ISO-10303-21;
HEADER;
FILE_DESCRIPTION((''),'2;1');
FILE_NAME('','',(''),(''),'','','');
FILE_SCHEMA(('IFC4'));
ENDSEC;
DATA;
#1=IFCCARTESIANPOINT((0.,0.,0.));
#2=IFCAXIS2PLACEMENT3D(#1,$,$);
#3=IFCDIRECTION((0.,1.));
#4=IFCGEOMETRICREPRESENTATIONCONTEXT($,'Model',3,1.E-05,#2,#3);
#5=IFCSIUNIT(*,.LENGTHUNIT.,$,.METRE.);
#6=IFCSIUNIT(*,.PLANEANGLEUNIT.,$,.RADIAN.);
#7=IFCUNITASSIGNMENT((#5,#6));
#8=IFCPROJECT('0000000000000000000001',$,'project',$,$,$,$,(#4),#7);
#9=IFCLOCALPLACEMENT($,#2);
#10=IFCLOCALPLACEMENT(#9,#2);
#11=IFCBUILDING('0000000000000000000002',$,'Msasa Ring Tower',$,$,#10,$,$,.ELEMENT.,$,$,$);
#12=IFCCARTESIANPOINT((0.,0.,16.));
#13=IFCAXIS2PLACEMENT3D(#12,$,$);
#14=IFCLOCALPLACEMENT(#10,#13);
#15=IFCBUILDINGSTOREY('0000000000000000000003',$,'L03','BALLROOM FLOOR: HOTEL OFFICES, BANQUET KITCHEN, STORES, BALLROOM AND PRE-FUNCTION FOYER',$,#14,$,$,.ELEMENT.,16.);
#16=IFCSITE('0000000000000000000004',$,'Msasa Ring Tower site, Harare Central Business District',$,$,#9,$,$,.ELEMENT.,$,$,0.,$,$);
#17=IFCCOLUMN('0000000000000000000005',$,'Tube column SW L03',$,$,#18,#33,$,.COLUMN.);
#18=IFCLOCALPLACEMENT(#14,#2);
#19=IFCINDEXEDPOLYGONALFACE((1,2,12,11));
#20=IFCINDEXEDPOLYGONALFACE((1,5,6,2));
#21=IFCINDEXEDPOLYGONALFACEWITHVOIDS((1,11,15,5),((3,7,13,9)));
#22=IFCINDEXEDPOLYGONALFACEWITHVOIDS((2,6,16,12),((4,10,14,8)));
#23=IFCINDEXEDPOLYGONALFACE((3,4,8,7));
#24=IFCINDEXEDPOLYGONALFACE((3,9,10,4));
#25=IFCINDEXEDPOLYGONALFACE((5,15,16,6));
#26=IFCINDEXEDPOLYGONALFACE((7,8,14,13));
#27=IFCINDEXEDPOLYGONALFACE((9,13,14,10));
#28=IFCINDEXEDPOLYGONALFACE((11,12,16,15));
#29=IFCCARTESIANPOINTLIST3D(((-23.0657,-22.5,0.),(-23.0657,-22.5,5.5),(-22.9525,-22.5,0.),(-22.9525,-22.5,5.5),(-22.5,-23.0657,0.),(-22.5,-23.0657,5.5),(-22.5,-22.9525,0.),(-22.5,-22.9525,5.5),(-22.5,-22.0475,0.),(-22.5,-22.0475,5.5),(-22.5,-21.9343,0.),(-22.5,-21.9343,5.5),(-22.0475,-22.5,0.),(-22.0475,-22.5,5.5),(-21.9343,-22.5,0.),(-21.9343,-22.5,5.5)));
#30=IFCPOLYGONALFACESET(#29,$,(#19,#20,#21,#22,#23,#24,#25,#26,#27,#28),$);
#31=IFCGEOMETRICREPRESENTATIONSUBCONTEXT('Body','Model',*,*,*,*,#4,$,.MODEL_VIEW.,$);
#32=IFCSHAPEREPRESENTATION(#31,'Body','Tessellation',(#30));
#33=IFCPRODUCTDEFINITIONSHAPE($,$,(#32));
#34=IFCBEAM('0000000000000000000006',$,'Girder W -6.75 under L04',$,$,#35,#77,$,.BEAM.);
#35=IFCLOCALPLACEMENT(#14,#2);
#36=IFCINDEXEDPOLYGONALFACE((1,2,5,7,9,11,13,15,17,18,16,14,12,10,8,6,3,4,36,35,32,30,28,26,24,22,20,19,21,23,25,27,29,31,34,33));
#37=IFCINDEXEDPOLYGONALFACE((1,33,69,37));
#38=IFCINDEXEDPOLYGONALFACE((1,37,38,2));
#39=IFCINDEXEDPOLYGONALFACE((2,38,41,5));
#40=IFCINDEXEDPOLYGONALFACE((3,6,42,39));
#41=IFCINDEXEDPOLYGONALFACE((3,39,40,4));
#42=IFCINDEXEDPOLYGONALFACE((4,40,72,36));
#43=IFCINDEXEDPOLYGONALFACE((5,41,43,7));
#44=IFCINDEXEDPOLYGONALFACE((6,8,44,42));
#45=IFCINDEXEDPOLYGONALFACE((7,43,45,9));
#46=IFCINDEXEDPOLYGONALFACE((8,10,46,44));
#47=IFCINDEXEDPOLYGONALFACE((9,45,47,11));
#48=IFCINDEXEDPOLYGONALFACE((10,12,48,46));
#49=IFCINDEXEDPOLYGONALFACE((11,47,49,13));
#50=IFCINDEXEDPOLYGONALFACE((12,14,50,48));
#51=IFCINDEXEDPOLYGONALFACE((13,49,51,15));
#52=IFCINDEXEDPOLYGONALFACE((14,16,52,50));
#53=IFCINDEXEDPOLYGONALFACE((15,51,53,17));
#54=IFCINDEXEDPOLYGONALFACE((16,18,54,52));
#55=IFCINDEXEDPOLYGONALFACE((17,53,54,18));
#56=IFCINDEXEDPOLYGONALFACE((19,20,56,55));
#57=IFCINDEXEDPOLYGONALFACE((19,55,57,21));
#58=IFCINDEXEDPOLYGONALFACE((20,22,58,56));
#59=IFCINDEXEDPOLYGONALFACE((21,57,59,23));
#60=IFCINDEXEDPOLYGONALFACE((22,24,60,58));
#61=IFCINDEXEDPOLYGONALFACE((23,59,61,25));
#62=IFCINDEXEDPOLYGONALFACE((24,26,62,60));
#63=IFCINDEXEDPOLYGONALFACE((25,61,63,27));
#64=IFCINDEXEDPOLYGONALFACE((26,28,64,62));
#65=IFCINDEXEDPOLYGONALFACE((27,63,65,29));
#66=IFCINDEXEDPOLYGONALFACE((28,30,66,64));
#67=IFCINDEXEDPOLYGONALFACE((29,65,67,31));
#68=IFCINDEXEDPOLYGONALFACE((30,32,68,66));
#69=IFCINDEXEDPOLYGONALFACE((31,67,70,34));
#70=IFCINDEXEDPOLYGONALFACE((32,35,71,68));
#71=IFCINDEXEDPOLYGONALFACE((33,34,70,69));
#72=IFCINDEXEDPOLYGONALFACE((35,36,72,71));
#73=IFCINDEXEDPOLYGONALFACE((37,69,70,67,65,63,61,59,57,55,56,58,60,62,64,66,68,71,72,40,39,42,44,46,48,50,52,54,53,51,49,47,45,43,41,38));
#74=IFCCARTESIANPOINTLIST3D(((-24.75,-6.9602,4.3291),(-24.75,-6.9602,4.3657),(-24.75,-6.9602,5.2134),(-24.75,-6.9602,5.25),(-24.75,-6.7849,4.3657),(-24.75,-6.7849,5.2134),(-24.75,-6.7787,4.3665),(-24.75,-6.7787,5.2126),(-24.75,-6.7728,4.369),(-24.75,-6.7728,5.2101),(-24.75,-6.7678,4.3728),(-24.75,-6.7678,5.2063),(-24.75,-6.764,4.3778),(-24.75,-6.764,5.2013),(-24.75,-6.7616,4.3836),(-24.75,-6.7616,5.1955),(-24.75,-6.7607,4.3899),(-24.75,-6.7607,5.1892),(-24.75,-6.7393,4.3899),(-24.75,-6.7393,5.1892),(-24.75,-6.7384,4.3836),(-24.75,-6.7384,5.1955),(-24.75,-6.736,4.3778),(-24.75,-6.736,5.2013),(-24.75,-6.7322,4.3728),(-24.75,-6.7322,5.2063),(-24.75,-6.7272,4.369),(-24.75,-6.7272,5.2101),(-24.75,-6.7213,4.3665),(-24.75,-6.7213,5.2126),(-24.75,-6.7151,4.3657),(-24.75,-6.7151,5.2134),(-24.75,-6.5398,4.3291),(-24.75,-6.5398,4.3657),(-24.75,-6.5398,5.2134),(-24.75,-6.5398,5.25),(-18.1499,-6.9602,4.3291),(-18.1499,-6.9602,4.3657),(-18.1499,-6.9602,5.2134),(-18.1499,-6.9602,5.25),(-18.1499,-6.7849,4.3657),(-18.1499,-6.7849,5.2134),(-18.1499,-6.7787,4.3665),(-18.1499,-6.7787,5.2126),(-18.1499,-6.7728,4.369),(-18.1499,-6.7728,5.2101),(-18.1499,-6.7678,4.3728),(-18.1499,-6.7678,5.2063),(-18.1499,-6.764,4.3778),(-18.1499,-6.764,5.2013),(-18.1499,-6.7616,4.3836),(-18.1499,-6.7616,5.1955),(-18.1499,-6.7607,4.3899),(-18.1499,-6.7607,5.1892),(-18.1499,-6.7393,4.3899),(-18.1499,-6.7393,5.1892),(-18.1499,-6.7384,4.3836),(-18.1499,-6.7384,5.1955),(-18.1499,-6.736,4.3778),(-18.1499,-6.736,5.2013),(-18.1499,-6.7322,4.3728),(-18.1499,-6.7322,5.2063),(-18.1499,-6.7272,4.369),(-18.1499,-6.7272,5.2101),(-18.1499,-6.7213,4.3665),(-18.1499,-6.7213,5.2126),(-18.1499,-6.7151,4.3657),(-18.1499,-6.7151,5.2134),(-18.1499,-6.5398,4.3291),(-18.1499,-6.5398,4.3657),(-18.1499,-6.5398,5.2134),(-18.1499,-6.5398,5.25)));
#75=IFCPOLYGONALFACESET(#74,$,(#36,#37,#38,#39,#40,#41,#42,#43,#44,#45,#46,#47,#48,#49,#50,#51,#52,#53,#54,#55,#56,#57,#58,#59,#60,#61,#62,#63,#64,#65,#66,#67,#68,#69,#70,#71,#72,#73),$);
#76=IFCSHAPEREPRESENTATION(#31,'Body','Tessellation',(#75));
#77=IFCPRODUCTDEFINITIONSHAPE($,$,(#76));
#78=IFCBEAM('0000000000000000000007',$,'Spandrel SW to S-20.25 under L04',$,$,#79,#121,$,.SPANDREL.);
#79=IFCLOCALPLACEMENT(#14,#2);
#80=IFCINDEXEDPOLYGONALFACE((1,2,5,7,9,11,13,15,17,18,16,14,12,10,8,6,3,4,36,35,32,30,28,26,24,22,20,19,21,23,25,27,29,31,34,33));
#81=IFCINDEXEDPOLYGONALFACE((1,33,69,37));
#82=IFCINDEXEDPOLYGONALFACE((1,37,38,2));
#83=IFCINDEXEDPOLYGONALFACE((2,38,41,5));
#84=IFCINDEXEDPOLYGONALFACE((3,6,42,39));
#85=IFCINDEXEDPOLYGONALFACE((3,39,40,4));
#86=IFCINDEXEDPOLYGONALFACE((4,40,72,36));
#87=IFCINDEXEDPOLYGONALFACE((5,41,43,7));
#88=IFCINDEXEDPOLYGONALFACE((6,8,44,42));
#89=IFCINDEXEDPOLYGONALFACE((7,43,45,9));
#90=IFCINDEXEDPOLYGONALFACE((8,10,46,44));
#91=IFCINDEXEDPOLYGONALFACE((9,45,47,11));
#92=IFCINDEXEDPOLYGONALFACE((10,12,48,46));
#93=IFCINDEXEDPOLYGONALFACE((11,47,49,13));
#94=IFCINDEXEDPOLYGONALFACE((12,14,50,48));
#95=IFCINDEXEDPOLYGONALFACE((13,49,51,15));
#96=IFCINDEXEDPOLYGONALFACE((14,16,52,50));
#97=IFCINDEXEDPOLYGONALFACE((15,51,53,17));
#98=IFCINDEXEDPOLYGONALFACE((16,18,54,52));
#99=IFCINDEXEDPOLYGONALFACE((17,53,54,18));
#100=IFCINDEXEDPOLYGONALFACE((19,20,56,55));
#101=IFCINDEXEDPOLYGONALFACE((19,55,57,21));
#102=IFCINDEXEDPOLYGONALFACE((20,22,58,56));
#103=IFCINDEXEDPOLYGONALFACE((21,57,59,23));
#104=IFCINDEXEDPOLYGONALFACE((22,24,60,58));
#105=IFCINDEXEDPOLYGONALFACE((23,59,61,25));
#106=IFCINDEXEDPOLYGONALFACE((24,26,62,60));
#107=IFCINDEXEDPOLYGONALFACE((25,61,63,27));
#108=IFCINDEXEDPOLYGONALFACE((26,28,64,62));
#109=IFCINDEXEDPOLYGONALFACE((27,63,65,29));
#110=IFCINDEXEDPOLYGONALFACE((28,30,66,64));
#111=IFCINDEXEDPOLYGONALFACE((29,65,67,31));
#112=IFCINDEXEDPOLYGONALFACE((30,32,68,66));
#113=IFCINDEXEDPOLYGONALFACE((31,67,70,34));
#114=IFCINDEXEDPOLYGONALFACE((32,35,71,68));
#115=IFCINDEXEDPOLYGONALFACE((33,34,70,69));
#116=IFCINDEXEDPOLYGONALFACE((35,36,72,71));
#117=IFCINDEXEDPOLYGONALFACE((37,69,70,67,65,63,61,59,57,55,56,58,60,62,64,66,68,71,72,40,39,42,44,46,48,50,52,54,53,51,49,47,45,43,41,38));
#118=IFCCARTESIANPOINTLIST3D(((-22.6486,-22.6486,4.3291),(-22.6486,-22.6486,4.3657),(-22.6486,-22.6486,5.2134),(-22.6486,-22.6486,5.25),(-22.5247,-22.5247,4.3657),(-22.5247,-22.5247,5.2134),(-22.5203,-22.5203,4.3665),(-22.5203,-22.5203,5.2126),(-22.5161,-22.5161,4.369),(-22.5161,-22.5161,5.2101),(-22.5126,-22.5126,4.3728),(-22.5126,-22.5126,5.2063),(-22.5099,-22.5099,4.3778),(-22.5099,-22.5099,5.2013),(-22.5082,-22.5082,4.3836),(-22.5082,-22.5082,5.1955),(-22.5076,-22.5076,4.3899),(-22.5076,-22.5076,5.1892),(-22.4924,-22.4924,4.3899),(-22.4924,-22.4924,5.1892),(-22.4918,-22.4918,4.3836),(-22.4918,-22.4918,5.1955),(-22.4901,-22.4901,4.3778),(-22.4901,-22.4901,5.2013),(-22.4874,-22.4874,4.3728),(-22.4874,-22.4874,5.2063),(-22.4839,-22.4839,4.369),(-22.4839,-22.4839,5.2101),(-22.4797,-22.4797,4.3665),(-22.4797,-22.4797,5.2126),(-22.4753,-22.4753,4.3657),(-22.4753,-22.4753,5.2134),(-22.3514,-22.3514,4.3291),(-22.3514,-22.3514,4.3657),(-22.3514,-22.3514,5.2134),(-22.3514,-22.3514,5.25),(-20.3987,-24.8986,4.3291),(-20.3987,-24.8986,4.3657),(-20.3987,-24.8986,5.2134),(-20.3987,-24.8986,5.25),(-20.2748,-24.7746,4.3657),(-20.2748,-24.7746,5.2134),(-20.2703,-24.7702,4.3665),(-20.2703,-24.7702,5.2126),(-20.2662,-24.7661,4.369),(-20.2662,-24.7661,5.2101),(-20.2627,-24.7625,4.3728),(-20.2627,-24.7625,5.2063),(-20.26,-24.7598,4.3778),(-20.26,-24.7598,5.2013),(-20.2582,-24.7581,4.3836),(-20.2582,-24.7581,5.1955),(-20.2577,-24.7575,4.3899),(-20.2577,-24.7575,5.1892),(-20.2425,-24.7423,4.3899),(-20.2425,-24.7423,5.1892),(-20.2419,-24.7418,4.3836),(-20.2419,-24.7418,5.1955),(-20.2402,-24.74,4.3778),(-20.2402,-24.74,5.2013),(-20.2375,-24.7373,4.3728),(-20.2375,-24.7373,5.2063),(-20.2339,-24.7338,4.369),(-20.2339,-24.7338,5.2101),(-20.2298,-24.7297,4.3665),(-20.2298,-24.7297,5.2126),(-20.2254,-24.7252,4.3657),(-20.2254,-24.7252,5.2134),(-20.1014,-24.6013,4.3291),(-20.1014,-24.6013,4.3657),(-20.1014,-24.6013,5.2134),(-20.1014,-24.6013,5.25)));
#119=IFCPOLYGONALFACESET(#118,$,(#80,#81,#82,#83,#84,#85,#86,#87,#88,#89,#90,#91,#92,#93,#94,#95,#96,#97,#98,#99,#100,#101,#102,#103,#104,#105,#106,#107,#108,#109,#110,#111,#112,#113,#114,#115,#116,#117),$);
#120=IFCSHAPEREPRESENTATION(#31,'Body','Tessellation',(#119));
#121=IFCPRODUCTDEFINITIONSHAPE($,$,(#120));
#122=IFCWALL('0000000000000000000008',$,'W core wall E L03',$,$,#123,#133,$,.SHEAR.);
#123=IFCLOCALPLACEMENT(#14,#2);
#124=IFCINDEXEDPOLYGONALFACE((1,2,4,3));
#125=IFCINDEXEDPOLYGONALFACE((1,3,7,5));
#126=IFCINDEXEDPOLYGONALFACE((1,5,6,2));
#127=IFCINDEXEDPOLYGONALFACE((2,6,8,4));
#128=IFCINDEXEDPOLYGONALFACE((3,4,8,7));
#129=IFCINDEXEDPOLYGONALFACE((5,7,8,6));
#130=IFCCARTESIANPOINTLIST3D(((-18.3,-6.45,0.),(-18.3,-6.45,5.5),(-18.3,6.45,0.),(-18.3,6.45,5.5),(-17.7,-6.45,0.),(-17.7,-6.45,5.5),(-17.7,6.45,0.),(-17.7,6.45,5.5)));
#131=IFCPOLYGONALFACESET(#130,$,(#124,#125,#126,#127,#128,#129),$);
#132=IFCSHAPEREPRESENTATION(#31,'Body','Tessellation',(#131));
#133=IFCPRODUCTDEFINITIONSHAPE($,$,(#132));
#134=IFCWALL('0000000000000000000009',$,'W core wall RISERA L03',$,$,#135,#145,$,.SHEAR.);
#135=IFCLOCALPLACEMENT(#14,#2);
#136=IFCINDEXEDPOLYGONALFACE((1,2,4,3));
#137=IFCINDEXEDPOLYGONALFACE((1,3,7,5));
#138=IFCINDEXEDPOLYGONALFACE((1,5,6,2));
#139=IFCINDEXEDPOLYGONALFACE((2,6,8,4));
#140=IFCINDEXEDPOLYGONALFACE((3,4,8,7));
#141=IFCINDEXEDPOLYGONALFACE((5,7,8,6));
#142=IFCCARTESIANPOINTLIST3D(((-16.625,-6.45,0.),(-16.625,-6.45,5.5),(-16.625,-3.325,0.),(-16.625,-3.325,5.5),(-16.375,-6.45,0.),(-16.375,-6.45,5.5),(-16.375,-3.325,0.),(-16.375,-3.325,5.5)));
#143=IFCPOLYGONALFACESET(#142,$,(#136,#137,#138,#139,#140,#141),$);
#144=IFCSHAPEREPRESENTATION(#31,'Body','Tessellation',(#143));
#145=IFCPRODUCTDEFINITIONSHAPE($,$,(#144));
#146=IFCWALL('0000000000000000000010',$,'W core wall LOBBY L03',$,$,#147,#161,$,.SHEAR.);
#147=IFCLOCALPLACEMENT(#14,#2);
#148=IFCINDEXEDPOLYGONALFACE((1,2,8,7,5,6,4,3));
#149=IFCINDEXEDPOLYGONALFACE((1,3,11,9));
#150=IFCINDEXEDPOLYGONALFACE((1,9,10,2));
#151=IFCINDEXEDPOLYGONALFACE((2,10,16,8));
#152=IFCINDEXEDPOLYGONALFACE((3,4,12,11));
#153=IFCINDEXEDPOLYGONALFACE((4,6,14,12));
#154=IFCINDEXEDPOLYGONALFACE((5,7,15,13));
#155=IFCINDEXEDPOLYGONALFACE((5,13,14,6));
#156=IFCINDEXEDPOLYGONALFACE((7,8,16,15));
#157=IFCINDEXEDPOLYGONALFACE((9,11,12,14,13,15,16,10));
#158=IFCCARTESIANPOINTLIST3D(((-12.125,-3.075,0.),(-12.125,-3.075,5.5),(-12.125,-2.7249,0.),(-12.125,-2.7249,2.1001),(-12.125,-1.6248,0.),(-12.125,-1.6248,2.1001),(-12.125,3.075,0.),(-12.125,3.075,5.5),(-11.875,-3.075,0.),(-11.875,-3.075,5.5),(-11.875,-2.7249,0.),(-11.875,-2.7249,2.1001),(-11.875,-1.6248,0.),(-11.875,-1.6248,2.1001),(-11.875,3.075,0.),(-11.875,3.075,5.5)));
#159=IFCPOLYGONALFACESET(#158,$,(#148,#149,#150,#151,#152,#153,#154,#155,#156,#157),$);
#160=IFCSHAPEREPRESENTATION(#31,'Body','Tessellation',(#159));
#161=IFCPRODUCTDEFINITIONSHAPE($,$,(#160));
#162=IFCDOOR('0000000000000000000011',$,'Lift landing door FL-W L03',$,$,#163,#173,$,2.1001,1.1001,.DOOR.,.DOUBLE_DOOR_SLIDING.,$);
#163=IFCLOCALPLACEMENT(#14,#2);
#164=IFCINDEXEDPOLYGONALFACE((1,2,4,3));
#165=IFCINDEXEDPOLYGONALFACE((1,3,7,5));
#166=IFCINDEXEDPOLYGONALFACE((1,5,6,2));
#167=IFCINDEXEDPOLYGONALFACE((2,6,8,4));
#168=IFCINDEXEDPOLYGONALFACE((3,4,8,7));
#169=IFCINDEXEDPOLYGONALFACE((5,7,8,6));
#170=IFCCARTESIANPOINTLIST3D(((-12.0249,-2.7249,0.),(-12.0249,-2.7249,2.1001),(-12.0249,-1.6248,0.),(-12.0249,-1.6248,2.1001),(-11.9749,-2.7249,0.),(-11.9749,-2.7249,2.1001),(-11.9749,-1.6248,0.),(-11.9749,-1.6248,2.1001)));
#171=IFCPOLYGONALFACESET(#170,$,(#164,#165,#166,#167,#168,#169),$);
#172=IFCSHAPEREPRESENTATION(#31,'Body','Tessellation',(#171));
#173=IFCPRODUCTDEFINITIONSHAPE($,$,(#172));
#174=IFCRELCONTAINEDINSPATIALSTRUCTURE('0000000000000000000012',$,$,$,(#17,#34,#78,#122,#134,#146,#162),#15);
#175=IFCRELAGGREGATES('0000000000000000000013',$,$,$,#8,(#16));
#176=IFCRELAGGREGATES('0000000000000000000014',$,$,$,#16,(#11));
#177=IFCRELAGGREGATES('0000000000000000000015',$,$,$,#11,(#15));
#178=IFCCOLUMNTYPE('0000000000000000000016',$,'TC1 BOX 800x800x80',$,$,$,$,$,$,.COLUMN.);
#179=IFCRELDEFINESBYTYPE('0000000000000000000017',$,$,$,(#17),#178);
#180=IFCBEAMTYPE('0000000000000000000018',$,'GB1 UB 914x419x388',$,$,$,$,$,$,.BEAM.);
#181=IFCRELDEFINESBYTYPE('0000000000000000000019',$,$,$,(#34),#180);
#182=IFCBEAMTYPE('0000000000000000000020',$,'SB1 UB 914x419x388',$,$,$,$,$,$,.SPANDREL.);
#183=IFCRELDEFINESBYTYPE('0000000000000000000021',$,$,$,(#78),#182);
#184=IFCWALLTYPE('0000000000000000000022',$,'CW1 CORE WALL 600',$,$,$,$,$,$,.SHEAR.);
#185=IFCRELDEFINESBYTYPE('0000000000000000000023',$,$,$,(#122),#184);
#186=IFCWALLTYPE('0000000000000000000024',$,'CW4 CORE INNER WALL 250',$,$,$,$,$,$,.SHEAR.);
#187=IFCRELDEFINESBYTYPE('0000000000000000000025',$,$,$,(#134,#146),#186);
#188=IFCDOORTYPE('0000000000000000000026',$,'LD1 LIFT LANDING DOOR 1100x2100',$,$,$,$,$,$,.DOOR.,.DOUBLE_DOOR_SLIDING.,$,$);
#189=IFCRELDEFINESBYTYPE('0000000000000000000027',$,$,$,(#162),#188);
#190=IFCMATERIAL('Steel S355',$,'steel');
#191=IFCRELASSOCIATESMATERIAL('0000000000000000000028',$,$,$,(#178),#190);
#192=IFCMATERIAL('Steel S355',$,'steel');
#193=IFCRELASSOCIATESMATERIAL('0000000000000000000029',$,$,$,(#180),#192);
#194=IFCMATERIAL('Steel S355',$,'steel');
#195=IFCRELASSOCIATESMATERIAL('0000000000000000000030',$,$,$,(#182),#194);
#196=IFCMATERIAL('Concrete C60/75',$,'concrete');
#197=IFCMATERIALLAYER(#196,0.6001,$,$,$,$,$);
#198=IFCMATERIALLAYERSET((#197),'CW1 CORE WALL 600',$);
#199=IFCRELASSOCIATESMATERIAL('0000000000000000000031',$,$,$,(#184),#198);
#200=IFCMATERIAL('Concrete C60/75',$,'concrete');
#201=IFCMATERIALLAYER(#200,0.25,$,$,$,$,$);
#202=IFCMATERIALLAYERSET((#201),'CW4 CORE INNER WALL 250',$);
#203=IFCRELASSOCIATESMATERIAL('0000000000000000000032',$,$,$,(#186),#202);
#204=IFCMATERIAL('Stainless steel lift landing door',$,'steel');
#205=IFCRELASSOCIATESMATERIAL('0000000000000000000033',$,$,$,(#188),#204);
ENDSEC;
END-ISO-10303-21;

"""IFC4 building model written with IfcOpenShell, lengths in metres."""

from ifc_helpers import new_model, si_unit, direction, frame, frame_2d, origin, origin_2d, place, context, subcontext, project, spatial, rectangle, hollow_rectangle, i_section, extrude, material, layer, layer_set, material_profile, profile_set, type_object, element, fill, save


model = new_model("IFC4")

# Units and contexts
model_context = context("Model", 3, precision=1e-05, world=origin(), true_north=direction((0.0, 1.0)))
body_context = subcontext(model_context, "Body", "Model", "MODEL_VIEW")
ifc_project = project(units=[si_unit("LENGTHUNIT", "METRE"), si_unit("PLANEANGLEUNIT", "RADIAN")], contexts=[model_context])

# Site, building, storey
site_placement = place(None, origin())
site = spatial("IfcSite", under=ifc_project, at=site_placement, Name="Msasa Ring Tower site, Harare Central Business District", CompositionType="ELEMENT", RefElevation=0.0)
building_placement = place(site_placement, origin())
building = spatial("IfcBuilding", under=site, at=building_placement, Name="Msasa Ring Tower", CompositionType="ELEMENT")
storey_placement = place(building_placement, frame((0.0, 0.0, 16.0)))
storey = spatial("IfcBuildingStorey", under=building, at=storey_placement, Name="L03", Description="BALLROOM FLOOR: HOTEL OFFICES, BANQUET KITCHEN, STORES, BALLROOM AND PRE-FUNCTION FOYER", CompositionType="ELEMENT", Elevation=16.0)

# Column
ifc_material_1 = material(Name="Steel S355", Category="steel")
ifc_material_profile_1 = material_profile(ifc_material_1, hollow_rectangle(XDim=0.8, YDim=0.8, WallThickness=0.0801, at=origin_2d()), Name="BOX 800x800x80")
ifc_profile_set_1 = profile_set([ifc_material_profile_1], Name="Steel S355")
column_type = type_object("IfcColumnType", Name="TC1 BOX 800x800x80", PredefinedType="COLUMN", material=ifc_profile_set_1)
column_placement = place(storey_placement, frame((-22.5, -22.5, 0.0), z_axis=(0.0, 0.0, 1.0), x_axis=(0.707107, 0.707107, 0.0)))
element("IfcColumn", 1, at=column_placement, inside=storey, type_object=column_type, Name="Tube column SW L03", PredefinedType="COLUMN", context=body_context, shape_type="SweptSolid", body=[
    extrude(hollow_rectangle(XDim=0.8, YDim=0.8, WallThickness=0.0801, at=origin_2d()), origin(), (0.0, 0.0, 1.0), 5.5),
])

# Beams
ifc_material_2 = material(Name="Steel S355", Category="steel")
ifc_material_profile_2 = material_profile(ifc_material_2, i_section(OverallWidth=0.4204, OverallDepth=0.9209, WebThickness=0.0215, FlangeThickness=0.0366, FilletRadius=0.0242, at=origin_2d()), Name="UB 914x419x388")
ifc_profile_set_2 = profile_set([ifc_material_profile_2], Name="Steel S355")
beam_type_1 = type_object("IfcBeamType", Name="GB1 UB 914x419x388", PredefinedType="BEAM", material=ifc_profile_set_2)
beam_1_placement = place(storey_placement, frame((-18.1499, -6.75, 4.7896), z_axis=(-1.0, 0.0, 0.0), x_axis=(0.0, -1.0, 0.0)))
element("IfcBeam", 2, at=beam_1_placement, inside=storey, type_object=beam_type_1, Name="Girder W -6.75 under L04", PredefinedType="BEAM", context=body_context, shape_type="SweptSolid", body=[
    extrude(i_section(OverallWidth=0.4204, OverallDepth=0.9209, WebThickness=0.0215, FlangeThickness=0.0366, FilletRadius=0.0242, at=origin_2d()), origin(), (0.0, 0.0, 1.0), 6.6001),
])
ifc_material_3 = material(Name="Steel S355", Category="steel")
ifc_material_profile_3 = material_profile(ifc_material_3, i_section(OverallWidth=0.4204, OverallDepth=0.9209, WebThickness=0.0215, FlangeThickness=0.0366, FilletRadius=0.0242, at=origin_2d()), Name="UB 914x419x388")
ifc_profile_set_3 = profile_set([ifc_material_profile_3], Name="Steel S355")
beam_type_2 = type_object("IfcBeamType", Name="SB1 UB 914x419x388", PredefinedType="SPANDREL", material=ifc_profile_set_3)
beam_2_placement = place(storey_placement, frame((-22.5, -22.5, 4.7896), z_axis=(0.707107, -0.707107, 0.0), x_axis=(0.707107, 0.707107, 0.0)))
element("IfcBeam", 3, at=beam_2_placement, inside=storey, type_object=beam_type_2, Name="Spandrel SW to S-20.25 under L04", PredefinedType="SPANDREL", context=body_context, shape_type="SweptSolid", body=[
    extrude(i_section(OverallWidth=0.4204, OverallDepth=0.9209, WebThickness=0.0215, FlangeThickness=0.0366, FilletRadius=0.0242, at=origin_2d()), origin(), (0.0, 0.0, 1.0), 3.1819),
])

# Walls
ifc_material_4 = material(Name="Concrete C60/75", Category="concrete")
ifc_layer_1 = layer(ifc_material_4, 0.6001)
ifc_layer_set_1 = layer_set([ifc_layer_1], Name="CW1 CORE WALL 600")
wall_type_1 = type_object("IfcWallType", Name="CW1 CORE WALL 600", PredefinedType="SHEAR", material=ifc_layer_set_1)
wall_1_placement = place(storey_placement, frame((-18.0, -6.45, 0.0), z_axis=(0.0, 0.0, 1.0), x_axis=(0.0, 1.0, 0.0)))
element("IfcWall", 4, at=wall_1_placement, inside=storey, type_object=wall_type_1, Name="W core wall E L03", PredefinedType="SHEAR", context=body_context, shape_type="SweptSolid", body=[
    extrude(rectangle(XDim=12.8999, YDim=0.6001, at=frame_2d((6.45, 0.0))), origin(), (0.0, 0.0, 1.0), 5.5),
])
ifc_material_5 = material(Name="Concrete C60/75", Category="concrete")
ifc_layer_2 = layer(ifc_material_5, 0.25)
ifc_layer_set_2 = layer_set([ifc_layer_2], Name="CW4 CORE INNER WALL 250")
wall_type_2 = type_object("IfcWallType", Name="CW4 CORE INNER WALL 250", PredefinedType="SHEAR", material=ifc_layer_set_2)
wall_2_placement = place(storey_placement, frame((-16.5, -6.45, 0.0), z_axis=(0.0, 0.0, 1.0), x_axis=(0.0, 1.0, 0.0)))
element("IfcWall", 5, at=wall_2_placement, inside=storey, type_object=wall_type_2, Name="W core wall RISERA L03", PredefinedType="SHEAR", context=body_context, shape_type="SweptSolid", body=[
    extrude(rectangle(XDim=3.125, YDim=0.25, at=frame_2d((1.5625, 0.0))), origin(), (0.0, 0.0, 1.0), 5.5),
])

# Wall, opening, door
wall_3_placement = place(storey_placement, frame((-12.0, -3.075, 0.0), z_axis=(0.0, 0.0, 1.0), x_axis=(0.0, 1.0, 0.0)))
wall_3 = element("IfcWall", 6, at=wall_3_placement, inside=storey, type_object=wall_type_2, Name="W core wall LOBBY L03", PredefinedType="SHEAR", context=body_context, shape_type="SweptSolid", body=[
    extrude(rectangle(XDim=6.1499, YDim=0.25, at=frame_2d((3.075, 0.0))), origin(), (0.0, 0.0, 1.0), 5.5),
])
opening_1_placement = place(wall_3_placement, frame((0.3501, 0.0, 0.0)))
opening_1 = element("IfcOpeningElement", 7, at=opening_1_placement, cuts=wall_3, PredefinedType="OPENING", context=body_context, shape_type="SweptSolid", body=[
    extrude(rectangle(XDim=1.1001, YDim=2.1001, at=frame_2d((0.55, 1.05))), frame((0.0, 0.135, 0.0), z_axis=(0.0, -1.0, 0.0), x_axis=(1.0, 0.0, 0.0)), (0.0, 0.0, 1.0), 0.27),
])
ifc_material_6 = material(Name="Stainless steel lift landing door", Category="steel")
door_type_1 = type_object("IfcDoorType", Name="LD1 LIFT LANDING DOOR 1100x2100", OperationType="DOUBLE_DOOR_SLIDING", PredefinedType="DOOR", material=ifc_material_6)
door_1_placement = place(opening_1_placement, origin())
door_1 = element("IfcDoor", 8, at=door_1_placement, inside=storey, type_object=door_type_1, Name="Lift landing door FL-W L03", OperationType="DOUBLE_DOOR_SLIDING", OverallHeight=2.1001, OverallWidth=1.1001, PredefinedType="DOOR", context=body_context, shape_type="SweptSolid", body=[
    extrude(rectangle(XDim=1.1001, YDim=2.1001, at=frame_2d((0.55, 1.05))), frame((0.0, 0.0249, 0.0), z_axis=(0.0, -1.0, 0.0), x_axis=(1.0, 0.0, 0.0)), (0.0, 0.0, 1.0), 0.05),
])
fill(opening_1, door_1)

save(model, "model.ifc")
